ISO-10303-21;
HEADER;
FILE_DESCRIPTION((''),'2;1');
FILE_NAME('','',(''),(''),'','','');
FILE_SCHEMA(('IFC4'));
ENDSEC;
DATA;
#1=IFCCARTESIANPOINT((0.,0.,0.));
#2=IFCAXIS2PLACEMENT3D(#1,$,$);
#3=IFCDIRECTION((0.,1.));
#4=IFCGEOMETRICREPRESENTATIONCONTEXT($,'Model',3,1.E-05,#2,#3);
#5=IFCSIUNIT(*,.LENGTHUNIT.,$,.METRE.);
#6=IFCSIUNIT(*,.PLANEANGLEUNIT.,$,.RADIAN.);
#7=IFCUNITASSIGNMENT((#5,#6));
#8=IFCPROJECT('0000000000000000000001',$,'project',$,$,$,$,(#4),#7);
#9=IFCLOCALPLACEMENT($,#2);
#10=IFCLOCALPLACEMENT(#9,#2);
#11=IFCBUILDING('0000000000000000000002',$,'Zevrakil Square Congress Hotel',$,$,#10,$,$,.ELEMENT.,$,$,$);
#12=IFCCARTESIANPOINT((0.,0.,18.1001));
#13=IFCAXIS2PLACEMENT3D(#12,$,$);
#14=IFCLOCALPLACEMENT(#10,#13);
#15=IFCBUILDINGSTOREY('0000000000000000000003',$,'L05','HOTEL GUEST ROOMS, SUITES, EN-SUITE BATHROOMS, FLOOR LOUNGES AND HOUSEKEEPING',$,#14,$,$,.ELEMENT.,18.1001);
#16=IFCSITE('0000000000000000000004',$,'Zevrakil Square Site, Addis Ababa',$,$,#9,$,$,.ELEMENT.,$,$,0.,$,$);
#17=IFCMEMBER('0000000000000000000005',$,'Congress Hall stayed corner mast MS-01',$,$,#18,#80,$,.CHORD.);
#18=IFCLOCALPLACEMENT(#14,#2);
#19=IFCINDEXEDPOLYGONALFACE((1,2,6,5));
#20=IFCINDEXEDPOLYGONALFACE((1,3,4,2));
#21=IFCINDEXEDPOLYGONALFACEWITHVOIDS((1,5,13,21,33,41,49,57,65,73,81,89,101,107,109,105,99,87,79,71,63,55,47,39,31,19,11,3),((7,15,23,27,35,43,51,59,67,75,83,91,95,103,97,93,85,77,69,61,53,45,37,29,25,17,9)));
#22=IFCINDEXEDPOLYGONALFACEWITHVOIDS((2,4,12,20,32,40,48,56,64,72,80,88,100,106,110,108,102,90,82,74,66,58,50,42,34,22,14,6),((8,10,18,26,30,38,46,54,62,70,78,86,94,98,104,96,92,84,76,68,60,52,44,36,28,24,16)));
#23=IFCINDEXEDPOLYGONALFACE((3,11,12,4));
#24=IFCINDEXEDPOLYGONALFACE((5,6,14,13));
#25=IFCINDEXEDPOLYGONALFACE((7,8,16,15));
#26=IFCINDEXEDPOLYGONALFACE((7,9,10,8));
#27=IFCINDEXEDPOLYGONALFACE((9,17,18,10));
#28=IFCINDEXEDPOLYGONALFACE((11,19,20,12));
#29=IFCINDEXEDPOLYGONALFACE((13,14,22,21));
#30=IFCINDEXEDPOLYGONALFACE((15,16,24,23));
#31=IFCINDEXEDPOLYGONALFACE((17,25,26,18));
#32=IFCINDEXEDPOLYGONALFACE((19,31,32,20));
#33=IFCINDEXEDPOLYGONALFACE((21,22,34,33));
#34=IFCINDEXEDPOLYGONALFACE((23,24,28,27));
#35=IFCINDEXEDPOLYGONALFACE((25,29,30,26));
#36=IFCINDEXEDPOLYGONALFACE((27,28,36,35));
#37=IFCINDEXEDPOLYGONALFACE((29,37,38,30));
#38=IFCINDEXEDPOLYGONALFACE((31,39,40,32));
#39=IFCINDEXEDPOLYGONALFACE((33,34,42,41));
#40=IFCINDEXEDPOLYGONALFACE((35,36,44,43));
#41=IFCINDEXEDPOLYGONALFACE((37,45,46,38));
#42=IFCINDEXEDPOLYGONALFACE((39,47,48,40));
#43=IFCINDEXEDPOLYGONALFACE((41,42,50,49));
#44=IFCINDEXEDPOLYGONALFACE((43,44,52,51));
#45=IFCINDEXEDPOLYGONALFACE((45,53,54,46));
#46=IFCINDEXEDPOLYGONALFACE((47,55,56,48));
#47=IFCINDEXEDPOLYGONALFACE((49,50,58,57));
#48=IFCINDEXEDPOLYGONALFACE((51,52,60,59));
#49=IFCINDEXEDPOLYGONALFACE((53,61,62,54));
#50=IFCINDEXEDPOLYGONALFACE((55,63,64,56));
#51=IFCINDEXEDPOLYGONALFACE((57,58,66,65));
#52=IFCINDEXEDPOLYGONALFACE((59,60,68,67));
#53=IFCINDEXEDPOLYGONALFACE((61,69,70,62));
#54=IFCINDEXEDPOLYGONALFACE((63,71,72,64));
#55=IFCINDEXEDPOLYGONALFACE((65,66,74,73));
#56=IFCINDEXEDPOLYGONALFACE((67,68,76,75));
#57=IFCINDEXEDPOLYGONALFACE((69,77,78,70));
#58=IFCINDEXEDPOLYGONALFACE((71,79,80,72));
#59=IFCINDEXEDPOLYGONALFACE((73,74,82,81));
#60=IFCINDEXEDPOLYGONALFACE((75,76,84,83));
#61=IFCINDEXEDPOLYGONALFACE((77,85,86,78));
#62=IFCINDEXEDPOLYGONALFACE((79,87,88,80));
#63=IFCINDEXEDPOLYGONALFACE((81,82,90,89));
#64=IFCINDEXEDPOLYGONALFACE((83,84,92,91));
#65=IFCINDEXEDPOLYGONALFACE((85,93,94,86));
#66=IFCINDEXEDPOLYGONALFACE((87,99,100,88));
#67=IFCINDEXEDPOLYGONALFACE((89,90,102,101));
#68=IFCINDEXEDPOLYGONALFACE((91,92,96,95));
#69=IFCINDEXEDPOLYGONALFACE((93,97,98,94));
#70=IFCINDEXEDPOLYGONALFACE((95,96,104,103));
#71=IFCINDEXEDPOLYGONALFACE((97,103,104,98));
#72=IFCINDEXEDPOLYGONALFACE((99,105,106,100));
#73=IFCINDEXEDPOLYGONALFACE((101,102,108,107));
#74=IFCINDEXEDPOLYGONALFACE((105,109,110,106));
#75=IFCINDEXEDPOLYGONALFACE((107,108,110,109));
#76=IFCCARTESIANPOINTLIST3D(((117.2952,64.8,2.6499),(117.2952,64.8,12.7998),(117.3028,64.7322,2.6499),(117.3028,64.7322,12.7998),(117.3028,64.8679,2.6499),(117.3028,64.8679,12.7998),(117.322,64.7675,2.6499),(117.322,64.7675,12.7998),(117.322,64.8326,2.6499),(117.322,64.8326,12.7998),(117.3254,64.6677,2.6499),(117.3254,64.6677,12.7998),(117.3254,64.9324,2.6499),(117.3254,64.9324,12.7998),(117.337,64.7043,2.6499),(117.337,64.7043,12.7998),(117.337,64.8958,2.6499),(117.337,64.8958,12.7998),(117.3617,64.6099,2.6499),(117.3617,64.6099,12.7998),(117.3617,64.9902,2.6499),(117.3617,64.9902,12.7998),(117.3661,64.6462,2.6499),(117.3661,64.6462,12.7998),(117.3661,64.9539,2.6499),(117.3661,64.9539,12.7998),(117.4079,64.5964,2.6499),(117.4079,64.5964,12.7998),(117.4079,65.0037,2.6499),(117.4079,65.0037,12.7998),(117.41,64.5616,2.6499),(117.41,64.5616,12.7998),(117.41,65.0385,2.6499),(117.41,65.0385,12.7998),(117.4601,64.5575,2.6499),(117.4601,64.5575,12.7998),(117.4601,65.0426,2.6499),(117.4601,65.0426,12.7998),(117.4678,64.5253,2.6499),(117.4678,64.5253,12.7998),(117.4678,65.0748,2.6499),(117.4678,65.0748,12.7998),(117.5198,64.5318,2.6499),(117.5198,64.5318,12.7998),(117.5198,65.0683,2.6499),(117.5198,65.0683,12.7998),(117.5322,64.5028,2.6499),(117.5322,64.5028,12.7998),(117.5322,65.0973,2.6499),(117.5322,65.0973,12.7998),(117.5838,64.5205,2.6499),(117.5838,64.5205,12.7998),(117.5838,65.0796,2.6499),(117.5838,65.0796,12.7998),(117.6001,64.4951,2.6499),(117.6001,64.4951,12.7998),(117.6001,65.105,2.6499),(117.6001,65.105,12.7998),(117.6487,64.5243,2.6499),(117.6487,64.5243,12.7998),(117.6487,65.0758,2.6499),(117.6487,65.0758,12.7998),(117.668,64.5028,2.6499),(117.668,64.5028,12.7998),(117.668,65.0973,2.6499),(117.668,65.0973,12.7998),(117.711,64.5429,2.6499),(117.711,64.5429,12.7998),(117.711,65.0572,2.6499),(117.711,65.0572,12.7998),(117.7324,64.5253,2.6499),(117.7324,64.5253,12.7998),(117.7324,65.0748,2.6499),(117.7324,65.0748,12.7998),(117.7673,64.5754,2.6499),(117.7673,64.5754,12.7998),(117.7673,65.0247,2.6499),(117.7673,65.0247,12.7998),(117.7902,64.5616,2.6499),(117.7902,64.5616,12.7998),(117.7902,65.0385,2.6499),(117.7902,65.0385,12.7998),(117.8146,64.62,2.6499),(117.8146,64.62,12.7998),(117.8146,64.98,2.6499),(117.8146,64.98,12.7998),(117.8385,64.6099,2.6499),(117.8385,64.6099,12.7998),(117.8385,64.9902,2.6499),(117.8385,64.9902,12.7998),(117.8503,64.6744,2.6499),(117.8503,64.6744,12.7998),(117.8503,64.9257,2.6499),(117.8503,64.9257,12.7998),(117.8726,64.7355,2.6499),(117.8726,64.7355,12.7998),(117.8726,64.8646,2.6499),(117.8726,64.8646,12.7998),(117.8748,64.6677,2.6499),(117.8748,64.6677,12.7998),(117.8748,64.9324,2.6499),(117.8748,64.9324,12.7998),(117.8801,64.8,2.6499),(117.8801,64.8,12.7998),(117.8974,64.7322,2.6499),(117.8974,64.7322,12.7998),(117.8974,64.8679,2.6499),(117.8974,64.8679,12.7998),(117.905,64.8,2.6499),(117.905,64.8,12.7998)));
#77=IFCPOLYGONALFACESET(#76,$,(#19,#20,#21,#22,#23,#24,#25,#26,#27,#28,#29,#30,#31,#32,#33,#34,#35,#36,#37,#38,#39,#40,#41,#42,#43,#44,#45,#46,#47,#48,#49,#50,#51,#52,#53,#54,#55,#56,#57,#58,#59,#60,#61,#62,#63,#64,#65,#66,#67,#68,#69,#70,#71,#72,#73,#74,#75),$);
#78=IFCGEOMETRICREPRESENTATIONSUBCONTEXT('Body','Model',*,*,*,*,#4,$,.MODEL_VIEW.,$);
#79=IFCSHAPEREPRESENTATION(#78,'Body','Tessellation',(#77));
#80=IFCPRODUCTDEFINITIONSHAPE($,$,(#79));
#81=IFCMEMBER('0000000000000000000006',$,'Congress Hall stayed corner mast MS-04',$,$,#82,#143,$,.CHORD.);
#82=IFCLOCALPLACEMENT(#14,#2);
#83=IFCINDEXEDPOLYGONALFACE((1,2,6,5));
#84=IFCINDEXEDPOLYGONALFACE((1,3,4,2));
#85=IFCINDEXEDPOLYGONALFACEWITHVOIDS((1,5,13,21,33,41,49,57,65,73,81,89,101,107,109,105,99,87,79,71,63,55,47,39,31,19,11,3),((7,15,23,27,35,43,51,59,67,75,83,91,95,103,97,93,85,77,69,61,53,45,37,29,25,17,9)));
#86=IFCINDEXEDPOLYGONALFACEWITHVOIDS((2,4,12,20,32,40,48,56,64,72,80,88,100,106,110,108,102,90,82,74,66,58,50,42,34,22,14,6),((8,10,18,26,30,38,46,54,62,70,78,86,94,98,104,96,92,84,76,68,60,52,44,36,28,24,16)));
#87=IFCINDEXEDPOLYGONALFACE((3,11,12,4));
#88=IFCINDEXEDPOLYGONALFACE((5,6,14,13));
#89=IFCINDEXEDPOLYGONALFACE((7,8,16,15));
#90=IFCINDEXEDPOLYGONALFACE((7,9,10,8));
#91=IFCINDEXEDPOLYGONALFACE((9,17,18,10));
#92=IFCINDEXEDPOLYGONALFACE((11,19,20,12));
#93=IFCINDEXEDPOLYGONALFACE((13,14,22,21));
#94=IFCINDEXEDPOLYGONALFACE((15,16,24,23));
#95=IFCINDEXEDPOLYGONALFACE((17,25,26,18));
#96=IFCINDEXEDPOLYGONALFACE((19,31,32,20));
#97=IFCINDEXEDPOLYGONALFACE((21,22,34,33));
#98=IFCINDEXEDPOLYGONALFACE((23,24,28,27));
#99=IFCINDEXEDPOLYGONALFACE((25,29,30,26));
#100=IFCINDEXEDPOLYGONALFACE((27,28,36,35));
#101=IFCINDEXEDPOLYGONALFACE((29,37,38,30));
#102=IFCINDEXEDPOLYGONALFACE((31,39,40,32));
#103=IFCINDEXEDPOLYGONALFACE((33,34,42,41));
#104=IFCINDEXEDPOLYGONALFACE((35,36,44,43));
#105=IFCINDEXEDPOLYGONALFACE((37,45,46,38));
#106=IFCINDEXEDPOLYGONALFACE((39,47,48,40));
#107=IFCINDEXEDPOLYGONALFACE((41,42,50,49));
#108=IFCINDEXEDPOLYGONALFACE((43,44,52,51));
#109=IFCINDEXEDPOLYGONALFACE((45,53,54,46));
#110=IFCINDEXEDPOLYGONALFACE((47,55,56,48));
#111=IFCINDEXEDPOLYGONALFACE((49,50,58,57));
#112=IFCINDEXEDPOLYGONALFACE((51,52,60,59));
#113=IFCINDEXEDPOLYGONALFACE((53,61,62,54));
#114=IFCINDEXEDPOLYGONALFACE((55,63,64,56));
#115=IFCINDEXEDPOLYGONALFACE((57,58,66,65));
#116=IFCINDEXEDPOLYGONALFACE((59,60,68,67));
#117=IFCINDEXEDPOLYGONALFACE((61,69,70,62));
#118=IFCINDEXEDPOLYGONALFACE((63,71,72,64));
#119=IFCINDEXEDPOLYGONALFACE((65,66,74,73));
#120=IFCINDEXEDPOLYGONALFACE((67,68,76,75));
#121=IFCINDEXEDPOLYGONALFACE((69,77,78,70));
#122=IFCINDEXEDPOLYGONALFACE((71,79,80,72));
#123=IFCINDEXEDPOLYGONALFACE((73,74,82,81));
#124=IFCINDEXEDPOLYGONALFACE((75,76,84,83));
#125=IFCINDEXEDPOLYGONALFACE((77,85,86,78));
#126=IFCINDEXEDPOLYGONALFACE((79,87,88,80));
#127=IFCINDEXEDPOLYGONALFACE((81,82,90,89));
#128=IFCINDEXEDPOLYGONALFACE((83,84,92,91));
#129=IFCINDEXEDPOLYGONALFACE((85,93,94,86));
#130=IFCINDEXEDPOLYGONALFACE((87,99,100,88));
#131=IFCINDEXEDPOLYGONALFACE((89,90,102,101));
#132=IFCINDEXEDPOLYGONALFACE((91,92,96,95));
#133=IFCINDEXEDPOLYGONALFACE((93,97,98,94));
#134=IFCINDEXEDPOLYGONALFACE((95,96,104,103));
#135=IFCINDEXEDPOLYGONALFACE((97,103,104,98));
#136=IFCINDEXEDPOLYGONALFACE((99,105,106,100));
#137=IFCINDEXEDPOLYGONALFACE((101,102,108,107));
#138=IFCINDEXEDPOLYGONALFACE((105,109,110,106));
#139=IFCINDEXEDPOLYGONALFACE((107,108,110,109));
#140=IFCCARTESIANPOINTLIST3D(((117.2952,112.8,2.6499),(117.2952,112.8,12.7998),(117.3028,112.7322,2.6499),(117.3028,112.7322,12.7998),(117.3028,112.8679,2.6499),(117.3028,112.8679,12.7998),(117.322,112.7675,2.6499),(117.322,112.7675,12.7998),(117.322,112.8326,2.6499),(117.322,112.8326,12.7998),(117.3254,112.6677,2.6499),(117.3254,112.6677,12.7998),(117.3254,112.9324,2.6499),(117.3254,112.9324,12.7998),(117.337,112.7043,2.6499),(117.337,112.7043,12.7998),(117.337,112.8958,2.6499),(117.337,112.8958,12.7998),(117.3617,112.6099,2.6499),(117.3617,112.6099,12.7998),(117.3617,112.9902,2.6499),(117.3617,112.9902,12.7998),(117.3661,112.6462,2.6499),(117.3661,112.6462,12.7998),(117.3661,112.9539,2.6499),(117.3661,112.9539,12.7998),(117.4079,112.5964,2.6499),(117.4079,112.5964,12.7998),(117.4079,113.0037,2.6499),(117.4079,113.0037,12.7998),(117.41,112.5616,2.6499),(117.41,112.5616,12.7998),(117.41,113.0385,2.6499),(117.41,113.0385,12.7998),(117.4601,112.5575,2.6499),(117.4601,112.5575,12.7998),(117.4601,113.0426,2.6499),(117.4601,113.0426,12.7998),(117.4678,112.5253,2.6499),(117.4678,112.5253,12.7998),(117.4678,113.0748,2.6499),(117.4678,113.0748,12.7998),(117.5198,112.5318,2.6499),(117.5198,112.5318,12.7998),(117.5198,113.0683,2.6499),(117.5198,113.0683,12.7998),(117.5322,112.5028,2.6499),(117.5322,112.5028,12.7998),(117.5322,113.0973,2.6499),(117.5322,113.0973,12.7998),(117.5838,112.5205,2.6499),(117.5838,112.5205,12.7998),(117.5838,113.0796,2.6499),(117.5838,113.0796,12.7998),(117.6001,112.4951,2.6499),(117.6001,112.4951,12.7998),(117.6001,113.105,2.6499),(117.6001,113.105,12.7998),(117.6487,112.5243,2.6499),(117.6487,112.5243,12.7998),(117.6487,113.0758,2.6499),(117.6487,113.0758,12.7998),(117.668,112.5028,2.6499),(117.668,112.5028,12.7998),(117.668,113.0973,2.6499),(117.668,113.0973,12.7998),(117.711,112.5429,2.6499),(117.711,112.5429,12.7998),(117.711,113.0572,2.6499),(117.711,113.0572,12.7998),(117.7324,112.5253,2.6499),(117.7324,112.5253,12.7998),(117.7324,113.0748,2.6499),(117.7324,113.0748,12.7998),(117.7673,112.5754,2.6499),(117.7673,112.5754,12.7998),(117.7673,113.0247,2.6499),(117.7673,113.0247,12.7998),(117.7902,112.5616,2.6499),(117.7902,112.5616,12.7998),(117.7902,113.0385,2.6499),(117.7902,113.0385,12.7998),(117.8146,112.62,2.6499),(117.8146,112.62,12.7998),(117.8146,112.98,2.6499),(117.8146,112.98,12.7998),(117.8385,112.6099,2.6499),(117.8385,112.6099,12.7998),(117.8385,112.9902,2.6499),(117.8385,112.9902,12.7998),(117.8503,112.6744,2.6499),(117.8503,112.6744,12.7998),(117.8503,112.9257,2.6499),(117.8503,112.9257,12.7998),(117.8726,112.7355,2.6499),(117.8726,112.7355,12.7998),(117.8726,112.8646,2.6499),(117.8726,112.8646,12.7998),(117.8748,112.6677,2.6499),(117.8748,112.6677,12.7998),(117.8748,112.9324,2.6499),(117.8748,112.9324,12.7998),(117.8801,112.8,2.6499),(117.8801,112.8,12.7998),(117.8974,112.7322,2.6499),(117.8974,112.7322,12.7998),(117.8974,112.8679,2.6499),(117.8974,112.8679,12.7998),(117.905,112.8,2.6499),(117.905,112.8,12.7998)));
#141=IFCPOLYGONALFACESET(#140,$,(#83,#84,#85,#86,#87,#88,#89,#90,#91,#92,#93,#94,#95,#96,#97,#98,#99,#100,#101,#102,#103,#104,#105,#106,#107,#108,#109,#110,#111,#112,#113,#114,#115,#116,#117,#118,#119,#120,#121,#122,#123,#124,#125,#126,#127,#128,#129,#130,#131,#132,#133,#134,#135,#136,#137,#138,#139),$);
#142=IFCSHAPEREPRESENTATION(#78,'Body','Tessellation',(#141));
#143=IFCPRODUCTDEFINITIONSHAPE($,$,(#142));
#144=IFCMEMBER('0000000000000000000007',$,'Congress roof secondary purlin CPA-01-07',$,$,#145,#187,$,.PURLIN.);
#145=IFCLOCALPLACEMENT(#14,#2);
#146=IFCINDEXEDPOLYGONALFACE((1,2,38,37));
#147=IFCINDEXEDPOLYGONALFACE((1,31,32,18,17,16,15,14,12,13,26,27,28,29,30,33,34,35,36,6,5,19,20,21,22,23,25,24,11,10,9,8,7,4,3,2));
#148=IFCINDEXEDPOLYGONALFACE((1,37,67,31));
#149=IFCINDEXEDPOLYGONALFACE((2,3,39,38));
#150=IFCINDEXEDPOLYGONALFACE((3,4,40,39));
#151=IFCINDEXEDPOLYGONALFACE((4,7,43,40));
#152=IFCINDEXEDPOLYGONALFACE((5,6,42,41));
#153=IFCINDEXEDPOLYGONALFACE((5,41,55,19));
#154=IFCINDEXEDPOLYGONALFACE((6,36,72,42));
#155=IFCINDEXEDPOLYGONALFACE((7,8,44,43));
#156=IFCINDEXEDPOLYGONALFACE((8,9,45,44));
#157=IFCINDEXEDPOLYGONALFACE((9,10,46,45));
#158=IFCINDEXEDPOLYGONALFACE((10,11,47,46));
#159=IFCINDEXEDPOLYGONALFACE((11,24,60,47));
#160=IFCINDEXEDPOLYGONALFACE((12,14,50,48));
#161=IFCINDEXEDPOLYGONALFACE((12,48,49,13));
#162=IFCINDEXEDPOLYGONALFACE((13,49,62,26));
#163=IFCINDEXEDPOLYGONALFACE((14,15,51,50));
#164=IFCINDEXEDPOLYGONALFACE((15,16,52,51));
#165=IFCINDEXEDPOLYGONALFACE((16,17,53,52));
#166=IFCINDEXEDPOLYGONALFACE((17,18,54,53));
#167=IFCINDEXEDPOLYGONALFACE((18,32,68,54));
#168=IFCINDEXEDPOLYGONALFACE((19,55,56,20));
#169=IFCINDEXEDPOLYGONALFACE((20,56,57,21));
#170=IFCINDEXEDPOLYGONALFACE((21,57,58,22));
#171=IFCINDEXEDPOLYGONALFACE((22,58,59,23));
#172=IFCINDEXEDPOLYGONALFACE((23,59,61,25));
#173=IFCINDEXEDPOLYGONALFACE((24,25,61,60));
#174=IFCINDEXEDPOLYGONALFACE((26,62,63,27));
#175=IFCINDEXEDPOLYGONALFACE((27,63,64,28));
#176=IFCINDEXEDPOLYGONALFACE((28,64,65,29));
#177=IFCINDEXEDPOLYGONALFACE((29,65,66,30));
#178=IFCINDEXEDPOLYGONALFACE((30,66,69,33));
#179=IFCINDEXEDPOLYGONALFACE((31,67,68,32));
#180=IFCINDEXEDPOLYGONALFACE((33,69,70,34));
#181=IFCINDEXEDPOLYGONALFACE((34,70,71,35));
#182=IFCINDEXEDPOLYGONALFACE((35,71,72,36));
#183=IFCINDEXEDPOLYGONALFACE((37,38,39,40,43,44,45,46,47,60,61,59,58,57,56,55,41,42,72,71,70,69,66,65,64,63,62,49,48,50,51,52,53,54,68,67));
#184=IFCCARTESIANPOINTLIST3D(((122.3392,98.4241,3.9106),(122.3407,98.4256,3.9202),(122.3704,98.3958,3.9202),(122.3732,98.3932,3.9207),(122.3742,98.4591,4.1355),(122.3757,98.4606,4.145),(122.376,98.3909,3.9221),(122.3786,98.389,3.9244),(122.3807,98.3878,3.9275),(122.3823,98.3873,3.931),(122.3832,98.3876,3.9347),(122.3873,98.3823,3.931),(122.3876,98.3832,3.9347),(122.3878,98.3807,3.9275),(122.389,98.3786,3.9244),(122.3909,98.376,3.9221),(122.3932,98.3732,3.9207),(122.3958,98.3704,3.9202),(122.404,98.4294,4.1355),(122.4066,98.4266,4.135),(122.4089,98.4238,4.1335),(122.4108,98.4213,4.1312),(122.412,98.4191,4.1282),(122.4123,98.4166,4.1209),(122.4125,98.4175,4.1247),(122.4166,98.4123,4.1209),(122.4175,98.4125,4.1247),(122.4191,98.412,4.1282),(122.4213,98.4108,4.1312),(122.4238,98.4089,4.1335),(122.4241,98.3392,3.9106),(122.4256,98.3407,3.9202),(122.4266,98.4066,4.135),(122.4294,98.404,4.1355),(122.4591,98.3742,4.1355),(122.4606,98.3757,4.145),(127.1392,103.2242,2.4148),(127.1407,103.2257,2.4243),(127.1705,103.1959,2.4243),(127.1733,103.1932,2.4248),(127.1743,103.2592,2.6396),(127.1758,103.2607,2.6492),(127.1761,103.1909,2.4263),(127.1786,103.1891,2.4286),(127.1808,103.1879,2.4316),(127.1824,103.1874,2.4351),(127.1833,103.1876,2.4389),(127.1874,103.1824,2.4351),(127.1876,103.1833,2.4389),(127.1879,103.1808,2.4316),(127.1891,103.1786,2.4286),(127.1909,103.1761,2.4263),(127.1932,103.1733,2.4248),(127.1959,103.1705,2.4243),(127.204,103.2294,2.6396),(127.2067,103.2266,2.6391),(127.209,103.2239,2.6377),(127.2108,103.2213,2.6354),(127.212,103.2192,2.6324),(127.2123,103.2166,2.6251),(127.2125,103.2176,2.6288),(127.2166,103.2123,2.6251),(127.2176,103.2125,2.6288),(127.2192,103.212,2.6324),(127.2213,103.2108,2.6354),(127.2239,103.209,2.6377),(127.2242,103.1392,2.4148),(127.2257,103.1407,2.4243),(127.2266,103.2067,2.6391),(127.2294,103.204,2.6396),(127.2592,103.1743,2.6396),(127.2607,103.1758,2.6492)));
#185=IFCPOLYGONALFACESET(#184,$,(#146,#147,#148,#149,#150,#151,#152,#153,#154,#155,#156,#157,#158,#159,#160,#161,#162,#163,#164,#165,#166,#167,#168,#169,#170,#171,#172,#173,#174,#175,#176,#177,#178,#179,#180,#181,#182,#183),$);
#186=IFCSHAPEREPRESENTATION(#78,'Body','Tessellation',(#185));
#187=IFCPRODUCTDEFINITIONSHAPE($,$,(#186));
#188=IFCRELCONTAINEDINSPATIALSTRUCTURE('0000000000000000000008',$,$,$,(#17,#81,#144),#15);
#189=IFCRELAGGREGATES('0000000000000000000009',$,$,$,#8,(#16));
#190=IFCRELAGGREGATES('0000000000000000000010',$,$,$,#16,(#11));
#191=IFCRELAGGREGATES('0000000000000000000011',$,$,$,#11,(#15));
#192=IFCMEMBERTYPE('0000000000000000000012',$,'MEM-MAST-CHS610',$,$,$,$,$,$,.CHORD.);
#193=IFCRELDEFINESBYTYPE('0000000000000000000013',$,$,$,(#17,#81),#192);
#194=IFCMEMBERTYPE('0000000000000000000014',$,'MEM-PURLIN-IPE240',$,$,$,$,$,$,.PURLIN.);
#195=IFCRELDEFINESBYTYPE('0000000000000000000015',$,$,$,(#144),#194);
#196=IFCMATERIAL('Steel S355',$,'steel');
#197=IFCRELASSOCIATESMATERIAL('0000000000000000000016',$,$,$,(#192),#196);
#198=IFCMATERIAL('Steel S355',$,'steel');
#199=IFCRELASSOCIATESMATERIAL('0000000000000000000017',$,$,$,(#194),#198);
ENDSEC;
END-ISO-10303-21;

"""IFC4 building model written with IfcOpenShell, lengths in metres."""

from ifc_helpers import new_model, si_unit, direction, frame, origin, origin_2d, place, context, subcontext, project, spatial, hollow_circle, i_section, extrude, material, material_profile, profile_set, type_object, element, save


model = new_model("IFC4")

# Units and contexts
model_context = context("Model", 3, precision=1e-05, world=origin(), true_north=direction((0.0, 1.0)))
body_context = subcontext(model_context, "Body", "Model", "MODEL_VIEW")
ifc_project = project(units=[si_unit("LENGTHUNIT", "METRE"), si_unit("PLANEANGLEUNIT", "RADIAN")], contexts=[model_context])

# Site, building, storey
site_placement = place(None, origin())
site = spatial("IfcSite", under=ifc_project, at=site_placement, Name="Zevrakil Square Site, Addis Ababa", CompositionType="ELEMENT", RefElevation=0.0)
building_placement = place(site_placement, origin())
building = spatial("IfcBuilding", under=site, at=building_placement, Name="Zevrakil Square Congress Hotel", CompositionType="ELEMENT")
storey_placement = place(building_placement, frame((0.0, 0.0, 18.1001)))
storey = spatial("IfcBuildingStorey", under=building, at=storey_placement, Name="L05", Description="HOTEL GUEST ROOMS, SUITES, EN-SUITE BATHROOMS, FLOOR LOUNGES AND HOUSEKEEPING", CompositionType="ELEMENT", Elevation=18.1001)

# Members
ifc_material_1 = material(Name="Steel S355", Category="steel")
ifc_material_profile_1 = material_profile(ifc_material_1, hollow_circle(Radius=0.3049, WallThickness=0.0249, at=origin_2d()), Name="CHS 610x25")
ifc_profile_set_1 = profile_set([ifc_material_profile_1], Name="Steel S355")
member_type_1 = type_object("IfcMemberType", Name="MEM-MAST-CHS610", PredefinedType="CHORD", material=ifc_profile_set_1)
for number, where, z_axis, x_axis, name in (
    (1, (117.6001, 64.8, 2.6499), (0.0, 0.0, 1.0), (1.0, 0.0, 0.0), "Congress Hall stayed corner mast MS-01"),
    (2, (117.6001, 112.8, 2.6499), (0.0, 0.0, 1.0), (1.0, 0.0, 0.0), "Congress Hall stayed corner mast MS-04"),
):
    element("IfcMember", number, at=place(storey_placement, frame(where, z_axis=z_axis, x_axis=x_axis)), inside=storey, type_object=member_type_1, Name=name, PredefinedType="CHORD", context=body_context, shape_type="SweptSolid", body=[
        extrude(hollow_circle(Radius=0.3049, WallThickness=0.0249, at=origin_2d()), origin(), (0.0, 0.0, 1.0), 10.1499),
    ])
ifc_material_2 = material(Name="Steel S355", Category="steel")
ifc_material_profile_2 = material_profile(ifc_material_2, i_section(OverallWidth=0.1201, OverallDepth=0.24, WebThickness=0.0061, FlangeThickness=0.0098, FilletRadius=0.0149, at=origin_2d()), Name="IPE 240")
ifc_profile_set_2 = profile_set([ifc_material_profile_2], Name="Steel S355")
member_type_2 = type_object("IfcMemberType", Name="MEM-PURLIN-IPE240", PredefinedType="PURLIN", material=ifc_profile_set_2)
member_1_placement = place(storey_placement, frame((122.3999, 98.3999, 4.0278), z_axis=(0.69054, 0.69054, -0.215195), x_axis=(-0.707107, 0.707107, 0.0)))
element("IfcMember", 3, at=member_1_placement, inside=storey, type_object=member_type_2, Name="Congress roof secondary purlin CPA-01-07", PredefinedType="PURLIN", context=body_context, shape_type="SweptSolid", body=[
    extrude(i_section(OverallWidth=0.1201, OverallDepth=0.24, WebThickness=0.0061, FlangeThickness=0.0098, FilletRadius=0.0149, at=origin_2d()), origin(), (0.0, 0.0, 1.0), 6.9512),
])

save(model, "model.ifc")
